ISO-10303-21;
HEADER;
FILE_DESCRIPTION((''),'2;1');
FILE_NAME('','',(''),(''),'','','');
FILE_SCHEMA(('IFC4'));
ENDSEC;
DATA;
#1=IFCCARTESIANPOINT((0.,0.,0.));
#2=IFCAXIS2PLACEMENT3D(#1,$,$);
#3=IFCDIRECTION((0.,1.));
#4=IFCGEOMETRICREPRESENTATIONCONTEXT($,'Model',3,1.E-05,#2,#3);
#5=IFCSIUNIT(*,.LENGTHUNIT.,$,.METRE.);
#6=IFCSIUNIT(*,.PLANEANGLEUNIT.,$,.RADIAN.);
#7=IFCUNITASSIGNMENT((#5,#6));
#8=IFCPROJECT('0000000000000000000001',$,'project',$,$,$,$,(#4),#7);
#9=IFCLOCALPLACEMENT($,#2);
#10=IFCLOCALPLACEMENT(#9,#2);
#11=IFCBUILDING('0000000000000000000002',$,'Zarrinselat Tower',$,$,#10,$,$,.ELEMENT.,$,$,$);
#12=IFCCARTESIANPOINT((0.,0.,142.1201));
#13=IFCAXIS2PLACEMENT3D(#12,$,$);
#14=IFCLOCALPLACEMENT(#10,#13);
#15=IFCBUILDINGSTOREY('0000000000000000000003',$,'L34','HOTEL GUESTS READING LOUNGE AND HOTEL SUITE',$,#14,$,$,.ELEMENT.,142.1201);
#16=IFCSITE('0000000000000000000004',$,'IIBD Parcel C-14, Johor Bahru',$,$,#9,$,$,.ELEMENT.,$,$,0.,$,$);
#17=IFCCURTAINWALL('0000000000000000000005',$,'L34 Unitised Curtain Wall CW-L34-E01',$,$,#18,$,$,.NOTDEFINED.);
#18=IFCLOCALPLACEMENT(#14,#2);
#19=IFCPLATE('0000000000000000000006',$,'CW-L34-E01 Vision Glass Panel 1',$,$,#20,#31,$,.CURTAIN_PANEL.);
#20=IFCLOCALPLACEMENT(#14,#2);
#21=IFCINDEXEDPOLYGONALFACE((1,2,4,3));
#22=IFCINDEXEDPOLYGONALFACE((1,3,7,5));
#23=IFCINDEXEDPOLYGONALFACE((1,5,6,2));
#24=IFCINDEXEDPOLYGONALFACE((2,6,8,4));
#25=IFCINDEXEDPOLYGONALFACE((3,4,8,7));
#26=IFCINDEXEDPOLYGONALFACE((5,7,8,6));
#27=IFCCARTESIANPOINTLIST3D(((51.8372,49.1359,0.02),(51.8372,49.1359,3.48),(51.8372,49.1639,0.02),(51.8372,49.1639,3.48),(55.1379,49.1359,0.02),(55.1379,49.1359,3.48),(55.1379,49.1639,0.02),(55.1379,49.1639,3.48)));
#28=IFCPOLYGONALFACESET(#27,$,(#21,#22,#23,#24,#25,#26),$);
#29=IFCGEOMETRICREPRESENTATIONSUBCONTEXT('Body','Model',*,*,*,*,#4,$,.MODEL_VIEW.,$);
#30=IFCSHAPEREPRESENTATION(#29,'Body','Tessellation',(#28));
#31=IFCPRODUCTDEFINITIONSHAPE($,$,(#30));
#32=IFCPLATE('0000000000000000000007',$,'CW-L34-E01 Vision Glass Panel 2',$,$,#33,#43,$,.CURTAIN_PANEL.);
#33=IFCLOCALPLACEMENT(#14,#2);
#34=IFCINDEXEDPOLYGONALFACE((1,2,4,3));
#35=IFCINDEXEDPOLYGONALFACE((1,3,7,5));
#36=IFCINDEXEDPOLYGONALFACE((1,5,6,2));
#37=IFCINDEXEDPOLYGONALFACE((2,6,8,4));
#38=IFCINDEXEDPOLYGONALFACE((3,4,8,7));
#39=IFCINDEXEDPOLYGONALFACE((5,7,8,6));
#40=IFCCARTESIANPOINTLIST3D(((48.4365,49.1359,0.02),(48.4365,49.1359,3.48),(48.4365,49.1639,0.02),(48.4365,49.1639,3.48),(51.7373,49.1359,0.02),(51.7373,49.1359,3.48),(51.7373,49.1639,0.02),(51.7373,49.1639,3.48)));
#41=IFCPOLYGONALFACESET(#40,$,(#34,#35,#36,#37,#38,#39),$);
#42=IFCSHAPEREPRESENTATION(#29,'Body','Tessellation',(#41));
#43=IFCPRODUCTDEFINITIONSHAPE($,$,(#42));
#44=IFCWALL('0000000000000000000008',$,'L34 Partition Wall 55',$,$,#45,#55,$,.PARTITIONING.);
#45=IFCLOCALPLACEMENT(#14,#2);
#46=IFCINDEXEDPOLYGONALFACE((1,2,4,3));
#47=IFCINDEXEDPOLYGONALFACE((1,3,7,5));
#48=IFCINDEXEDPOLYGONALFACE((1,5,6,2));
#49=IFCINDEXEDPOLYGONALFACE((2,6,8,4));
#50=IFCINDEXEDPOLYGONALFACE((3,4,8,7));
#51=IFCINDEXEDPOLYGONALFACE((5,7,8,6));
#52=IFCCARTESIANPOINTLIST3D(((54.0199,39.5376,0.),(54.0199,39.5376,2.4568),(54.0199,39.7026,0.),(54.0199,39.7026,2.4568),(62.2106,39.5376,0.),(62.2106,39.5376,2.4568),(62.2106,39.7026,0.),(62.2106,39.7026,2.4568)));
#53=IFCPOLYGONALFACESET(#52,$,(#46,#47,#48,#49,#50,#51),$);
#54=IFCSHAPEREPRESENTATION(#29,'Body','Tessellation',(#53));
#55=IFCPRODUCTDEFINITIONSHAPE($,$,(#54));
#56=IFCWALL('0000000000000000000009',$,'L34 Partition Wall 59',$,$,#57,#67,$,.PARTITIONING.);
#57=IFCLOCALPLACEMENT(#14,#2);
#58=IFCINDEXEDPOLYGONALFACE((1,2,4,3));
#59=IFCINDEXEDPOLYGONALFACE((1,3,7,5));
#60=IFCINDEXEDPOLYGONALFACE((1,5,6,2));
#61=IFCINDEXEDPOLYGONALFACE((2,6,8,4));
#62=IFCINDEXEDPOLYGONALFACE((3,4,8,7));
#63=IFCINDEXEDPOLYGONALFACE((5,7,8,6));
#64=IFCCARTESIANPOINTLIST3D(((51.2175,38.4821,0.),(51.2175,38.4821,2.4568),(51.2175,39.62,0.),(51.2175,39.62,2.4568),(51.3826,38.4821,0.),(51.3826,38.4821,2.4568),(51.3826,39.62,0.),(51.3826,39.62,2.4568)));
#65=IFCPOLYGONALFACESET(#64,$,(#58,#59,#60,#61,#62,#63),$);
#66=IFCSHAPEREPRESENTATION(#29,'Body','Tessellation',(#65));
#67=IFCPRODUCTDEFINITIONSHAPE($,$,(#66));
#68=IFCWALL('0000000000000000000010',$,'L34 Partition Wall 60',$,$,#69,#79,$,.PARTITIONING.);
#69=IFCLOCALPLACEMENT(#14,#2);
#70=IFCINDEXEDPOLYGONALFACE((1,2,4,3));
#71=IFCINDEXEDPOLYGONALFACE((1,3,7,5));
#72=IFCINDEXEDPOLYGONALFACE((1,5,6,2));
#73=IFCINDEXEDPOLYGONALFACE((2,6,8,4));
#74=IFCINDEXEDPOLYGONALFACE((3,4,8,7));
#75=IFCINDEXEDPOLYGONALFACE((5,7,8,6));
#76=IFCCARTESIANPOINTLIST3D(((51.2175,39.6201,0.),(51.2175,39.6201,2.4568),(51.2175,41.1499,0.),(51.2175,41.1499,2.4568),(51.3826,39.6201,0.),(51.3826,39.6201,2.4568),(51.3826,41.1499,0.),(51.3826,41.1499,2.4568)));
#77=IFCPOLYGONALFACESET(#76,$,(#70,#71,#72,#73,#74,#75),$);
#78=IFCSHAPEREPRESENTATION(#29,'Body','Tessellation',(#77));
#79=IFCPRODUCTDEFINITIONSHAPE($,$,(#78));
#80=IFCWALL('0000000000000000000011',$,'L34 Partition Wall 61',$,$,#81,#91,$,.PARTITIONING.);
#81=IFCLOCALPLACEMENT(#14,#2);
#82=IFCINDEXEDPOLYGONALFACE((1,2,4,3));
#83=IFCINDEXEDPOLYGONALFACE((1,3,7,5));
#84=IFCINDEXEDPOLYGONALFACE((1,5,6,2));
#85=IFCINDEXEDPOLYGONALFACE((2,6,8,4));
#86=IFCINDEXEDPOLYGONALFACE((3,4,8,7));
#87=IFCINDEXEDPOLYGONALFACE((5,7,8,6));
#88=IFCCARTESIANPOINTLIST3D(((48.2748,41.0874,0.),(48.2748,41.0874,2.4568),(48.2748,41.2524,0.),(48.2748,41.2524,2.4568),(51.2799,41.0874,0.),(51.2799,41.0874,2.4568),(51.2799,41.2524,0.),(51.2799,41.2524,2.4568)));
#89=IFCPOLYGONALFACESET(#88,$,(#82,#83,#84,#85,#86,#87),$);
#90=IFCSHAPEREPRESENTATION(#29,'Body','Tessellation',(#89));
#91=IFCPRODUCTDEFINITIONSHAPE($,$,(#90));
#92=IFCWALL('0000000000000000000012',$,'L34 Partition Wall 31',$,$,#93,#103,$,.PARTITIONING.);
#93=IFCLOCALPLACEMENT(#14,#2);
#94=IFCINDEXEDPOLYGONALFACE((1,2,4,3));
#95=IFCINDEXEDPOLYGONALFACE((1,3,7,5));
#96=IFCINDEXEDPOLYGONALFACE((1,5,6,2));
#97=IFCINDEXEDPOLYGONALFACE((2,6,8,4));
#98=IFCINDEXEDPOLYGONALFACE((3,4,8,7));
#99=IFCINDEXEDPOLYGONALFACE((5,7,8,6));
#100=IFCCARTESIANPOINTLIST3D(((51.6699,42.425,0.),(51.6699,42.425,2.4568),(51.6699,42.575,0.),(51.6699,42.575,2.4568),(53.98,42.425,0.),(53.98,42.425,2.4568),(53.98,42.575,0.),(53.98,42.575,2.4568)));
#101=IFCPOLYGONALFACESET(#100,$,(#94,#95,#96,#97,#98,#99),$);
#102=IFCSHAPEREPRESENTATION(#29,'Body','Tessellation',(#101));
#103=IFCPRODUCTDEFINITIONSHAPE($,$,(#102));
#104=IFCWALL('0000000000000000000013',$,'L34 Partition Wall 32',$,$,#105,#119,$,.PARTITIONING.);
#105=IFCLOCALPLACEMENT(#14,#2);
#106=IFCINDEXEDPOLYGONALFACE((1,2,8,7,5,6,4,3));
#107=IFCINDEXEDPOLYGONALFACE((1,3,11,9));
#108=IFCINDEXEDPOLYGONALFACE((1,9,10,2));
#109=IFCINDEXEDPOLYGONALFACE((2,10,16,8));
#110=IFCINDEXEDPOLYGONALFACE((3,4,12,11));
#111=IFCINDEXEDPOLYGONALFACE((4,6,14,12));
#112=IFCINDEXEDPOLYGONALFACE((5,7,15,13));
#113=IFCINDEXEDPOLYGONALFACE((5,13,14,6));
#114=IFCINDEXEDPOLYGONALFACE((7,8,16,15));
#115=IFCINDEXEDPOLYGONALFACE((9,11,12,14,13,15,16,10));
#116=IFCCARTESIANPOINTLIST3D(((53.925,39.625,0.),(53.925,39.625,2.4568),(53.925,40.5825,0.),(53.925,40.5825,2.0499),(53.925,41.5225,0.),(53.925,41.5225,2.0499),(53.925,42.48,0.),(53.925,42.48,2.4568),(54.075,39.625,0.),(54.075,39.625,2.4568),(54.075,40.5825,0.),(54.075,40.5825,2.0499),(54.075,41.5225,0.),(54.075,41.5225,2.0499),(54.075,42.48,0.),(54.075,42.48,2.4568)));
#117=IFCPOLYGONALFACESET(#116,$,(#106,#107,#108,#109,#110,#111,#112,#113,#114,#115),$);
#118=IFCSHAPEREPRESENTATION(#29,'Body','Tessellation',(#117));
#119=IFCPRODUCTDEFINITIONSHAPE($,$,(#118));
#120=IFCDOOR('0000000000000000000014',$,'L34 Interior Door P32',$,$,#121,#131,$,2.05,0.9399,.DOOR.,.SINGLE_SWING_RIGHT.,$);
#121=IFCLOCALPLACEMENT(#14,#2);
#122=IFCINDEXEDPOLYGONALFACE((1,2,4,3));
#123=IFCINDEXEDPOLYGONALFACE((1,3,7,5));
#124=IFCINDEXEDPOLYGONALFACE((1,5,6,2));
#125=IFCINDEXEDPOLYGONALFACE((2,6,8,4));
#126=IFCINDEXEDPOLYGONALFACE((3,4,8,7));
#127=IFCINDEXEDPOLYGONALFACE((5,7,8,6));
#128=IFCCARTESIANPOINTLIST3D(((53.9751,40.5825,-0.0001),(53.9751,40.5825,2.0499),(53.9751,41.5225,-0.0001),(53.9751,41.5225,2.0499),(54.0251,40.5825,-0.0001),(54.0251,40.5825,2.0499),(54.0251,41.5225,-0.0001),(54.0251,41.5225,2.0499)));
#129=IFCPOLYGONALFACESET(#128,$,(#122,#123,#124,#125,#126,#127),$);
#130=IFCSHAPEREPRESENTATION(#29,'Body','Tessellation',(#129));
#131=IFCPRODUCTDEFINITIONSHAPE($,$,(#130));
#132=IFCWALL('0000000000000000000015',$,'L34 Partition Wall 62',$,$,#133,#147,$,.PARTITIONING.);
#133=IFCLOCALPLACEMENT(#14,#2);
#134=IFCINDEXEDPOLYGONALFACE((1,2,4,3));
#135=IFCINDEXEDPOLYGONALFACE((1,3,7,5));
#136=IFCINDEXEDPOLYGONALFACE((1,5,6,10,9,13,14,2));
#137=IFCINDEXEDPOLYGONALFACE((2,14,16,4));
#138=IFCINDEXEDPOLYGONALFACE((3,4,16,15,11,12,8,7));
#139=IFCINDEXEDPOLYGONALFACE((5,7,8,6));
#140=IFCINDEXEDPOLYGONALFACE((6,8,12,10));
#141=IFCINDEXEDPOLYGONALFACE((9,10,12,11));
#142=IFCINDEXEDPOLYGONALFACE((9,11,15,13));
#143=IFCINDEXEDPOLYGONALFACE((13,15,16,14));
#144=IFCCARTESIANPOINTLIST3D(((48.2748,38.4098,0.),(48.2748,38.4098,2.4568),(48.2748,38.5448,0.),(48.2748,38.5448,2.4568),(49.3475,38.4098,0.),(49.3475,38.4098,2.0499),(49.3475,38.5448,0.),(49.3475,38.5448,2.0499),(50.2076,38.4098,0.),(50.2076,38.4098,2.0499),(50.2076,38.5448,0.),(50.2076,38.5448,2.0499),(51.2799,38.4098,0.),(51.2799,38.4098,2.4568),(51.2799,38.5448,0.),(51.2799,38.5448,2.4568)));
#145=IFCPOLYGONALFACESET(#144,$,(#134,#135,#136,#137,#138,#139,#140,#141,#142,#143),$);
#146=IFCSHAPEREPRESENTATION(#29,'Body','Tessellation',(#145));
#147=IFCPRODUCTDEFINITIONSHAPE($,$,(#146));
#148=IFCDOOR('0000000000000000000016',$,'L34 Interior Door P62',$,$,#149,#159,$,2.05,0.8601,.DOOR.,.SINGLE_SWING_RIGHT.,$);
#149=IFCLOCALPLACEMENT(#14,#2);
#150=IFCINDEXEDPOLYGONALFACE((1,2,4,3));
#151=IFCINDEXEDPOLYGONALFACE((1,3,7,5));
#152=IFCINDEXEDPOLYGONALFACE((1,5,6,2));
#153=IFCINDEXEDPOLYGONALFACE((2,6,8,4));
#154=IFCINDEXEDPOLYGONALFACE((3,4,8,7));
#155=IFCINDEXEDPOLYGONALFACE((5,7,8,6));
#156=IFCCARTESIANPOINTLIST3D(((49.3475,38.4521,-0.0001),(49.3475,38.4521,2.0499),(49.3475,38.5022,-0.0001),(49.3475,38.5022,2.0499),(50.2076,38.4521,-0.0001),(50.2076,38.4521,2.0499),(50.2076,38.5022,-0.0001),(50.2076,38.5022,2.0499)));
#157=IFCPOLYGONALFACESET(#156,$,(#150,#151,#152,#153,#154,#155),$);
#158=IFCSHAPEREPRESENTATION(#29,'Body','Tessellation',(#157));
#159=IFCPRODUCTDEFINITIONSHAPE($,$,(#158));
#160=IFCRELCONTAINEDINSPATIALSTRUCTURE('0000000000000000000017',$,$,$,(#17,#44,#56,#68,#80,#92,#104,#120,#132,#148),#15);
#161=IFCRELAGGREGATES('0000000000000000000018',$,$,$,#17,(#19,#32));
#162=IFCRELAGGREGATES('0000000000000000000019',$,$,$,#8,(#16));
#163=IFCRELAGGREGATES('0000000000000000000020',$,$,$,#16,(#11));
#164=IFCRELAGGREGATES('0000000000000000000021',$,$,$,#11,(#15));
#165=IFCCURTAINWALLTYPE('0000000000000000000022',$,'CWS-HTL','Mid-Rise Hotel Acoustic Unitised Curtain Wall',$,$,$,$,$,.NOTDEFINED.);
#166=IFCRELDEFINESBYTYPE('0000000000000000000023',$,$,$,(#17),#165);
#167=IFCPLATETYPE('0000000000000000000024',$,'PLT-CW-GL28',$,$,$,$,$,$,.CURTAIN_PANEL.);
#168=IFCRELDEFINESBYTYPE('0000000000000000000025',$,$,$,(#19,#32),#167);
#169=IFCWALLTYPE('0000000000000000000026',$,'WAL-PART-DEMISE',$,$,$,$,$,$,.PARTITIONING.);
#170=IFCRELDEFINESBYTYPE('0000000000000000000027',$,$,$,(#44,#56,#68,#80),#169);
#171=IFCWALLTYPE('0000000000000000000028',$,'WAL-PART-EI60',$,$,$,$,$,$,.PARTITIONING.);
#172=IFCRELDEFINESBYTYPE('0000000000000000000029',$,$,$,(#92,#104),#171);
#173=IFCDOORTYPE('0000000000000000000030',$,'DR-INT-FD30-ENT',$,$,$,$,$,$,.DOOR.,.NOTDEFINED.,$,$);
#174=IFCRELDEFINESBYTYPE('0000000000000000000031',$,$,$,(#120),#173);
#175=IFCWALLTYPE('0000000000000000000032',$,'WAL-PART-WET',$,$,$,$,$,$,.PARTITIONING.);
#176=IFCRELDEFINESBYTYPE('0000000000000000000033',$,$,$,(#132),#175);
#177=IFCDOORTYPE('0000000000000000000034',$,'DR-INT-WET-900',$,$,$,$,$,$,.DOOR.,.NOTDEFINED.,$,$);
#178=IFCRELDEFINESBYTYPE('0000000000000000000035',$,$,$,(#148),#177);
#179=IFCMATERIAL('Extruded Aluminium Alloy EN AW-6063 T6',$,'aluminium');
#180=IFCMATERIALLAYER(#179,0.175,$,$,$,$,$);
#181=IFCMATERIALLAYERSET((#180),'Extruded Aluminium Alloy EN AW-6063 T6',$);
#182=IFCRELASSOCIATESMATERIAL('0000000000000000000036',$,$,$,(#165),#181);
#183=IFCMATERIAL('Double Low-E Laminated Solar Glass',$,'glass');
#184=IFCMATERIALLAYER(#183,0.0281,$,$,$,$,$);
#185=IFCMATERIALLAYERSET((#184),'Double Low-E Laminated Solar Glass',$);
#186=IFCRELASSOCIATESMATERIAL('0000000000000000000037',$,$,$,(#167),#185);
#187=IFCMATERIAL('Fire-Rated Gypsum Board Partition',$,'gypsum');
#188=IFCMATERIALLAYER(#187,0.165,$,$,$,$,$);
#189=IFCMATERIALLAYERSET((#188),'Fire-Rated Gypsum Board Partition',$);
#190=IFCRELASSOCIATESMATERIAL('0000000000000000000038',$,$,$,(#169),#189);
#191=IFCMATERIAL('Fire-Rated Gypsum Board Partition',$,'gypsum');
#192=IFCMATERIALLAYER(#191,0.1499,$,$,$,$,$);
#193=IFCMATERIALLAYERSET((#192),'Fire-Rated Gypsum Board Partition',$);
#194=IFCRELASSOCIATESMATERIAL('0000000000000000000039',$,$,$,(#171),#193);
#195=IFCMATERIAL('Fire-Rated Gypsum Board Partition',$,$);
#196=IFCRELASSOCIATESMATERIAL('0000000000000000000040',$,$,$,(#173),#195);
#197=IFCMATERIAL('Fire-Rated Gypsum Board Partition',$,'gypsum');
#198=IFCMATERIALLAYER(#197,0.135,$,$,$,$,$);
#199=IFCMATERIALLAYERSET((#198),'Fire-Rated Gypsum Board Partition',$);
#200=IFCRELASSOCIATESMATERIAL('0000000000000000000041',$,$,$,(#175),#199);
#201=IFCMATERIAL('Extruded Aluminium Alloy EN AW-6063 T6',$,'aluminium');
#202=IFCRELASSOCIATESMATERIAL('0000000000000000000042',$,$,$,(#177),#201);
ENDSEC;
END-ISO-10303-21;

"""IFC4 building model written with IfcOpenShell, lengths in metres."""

from ifc_helpers import new_model, si_unit, direction, frame, frame_2d, origin, origin_2d, place, context, subcontext, project, spatial, rectangle, extrude, material, layer, layer_set, type_object, element, fill, aggregate, save


model = new_model("IFC4")

# Units and contexts
model_context = context("Model", 3, precision=1e-05, world=origin(), true_north=direction((0.0, 1.0)))
body_context = subcontext(model_context, "Body", "Model", "MODEL_VIEW")
ifc_project = project(units=[si_unit("LENGTHUNIT", "METRE"), si_unit("PLANEANGLEUNIT", "RADIAN")], contexts=[model_context])

# Site, building, storey
site_placement = place(None, origin())
site = spatial("IfcSite", under=ifc_project, at=site_placement, Name="IIBD Parcel C-14, Johor Bahru", CompositionType="ELEMENT", RefElevation=0.0)
building_placement = place(site_placement, origin())
building = spatial("IfcBuilding", under=site, at=building_placement, Name="Zarrinselat Tower", CompositionType="ELEMENT")
storey_placement = place(building_placement, frame((0.0, 0.0, 142.1201)))
storey = spatial("IfcBuildingStorey", under=building, at=storey_placement, Name="L34", Description="HOTEL GUESTS READING LOUNGE AND HOTEL SUITE", CompositionType="ELEMENT", Elevation=142.1201)

# Curtain wall, plates
ifc_material_1 = material(Name="Extruded Aluminium Alloy EN AW-6063 T6", Category="aluminium")
ifc_layer_1 = layer(ifc_material_1, 0.175)
ifc_layer_set_1 = layer_set([ifc_layer_1], Name="Extruded Aluminium Alloy EN AW-6063 T6")
curtain_wall_type = type_object("IfcCurtainWallType", Name="CWS-HTL", Description="Mid-Rise Hotel Acoustic Unitised Curtain Wall", PredefinedType="NOTDEFINED", material=ifc_layer_set_1)
curtain_wall_placement = place(storey_placement, origin())
curtain_wall = element("IfcCurtainWall", 1, at=curtain_wall_placement, inside=storey, type_object=curtain_wall_type, Name="L34 Unitised Curtain Wall CW-L34-E01", PredefinedType="NOTDEFINED")
ifc_material_2 = material(Name="Double Low-E Laminated Solar Glass", Category="glass")
ifc_layer_2 = layer(ifc_material_2, 0.0281)
ifc_layer_set_2 = layer_set([ifc_layer_2], Name="Double Low-E Laminated Solar Glass")
plate_type = type_object("IfcPlateType", Name="PLT-CW-GL28", PredefinedType="CURTAIN_PANEL", material=ifc_layer_set_2)
plate_1_placement = place(storey_placement, frame((53.4875, 49.1499, 0.02), z_axis=(0.0, 0.0, 1.0), x_axis=(-1.0, 0.0, 0.0)))
plate_1 = element("IfcPlate", 2, at=plate_1_placement, type_object=plate_type, Name="CW-L34-E01 Vision Glass Panel 1", PredefinedType="CURTAIN_PANEL", context=body_context, shape_type="SweptSolid", body=[
    extrude(rectangle(XDim=3.3008, YDim=0.0281, at=origin_2d()), origin(), (0.0, 0.0, 1.0), 3.46),
])
plate_2_placement = place(storey_placement, frame((50.0869, 49.1499, 0.02), z_axis=(0.0, 0.0, 1.0), x_axis=(-1.0, 0.0, 0.0)))
plate_2 = element("IfcPlate", 3, at=plate_2_placement, type_object=plate_type, Name="CW-L34-E01 Vision Glass Panel 2", PredefinedType="CURTAIN_PANEL", context=body_context, shape_type="SweptSolid", body=[
    extrude(rectangle(XDim=3.3008, YDim=0.0281, at=origin_2d()), origin(), (0.0, 0.0, 1.0), 3.46),
])
aggregate(curtain_wall, [plate_1, plate_2])

# Walls
ifc_material_3 = material(Name="Fire-Rated Gypsum Board Partition", Category="gypsum")
ifc_layer_3 = layer(ifc_material_3, 0.165)
ifc_layer_set_3 = layer_set([ifc_layer_3], Name="Fire-Rated Gypsum Board Partition")
wall_type_1 = type_object("IfcWallType", Name="WAL-PART-DEMISE", PredefinedType="PARTITIONING", material=ifc_layer_set_3)
wall_1_placement = place(storey_placement, frame((54.02, 39.6201, 0.0), z_axis=(0.0, 0.0, 1.0), x_axis=(1.0, 0.0, 0.0)))
element("IfcWall", 4, at=wall_1_placement, inside=storey, type_object=wall_type_1, Name="L34 Partition Wall 55", PredefinedType="PARTITIONING", context=body_context, shape_type="SweptSolid", body=[
    extrude(rectangle(XDim=8.1907, YDim=0.165, at=frame_2d((4.0952, 0.0))), origin(), (0.0, 0.0, 1.0), 2.4568),
])
wall_2_placement = place(storey_placement, frame((51.3, 38.4822, 0.0), z_axis=(0.0, 0.0, 1.0), x_axis=(0.0, 1.0, 0.0)))
element("IfcWall", 5, at=wall_2_placement, inside=storey, type_object=wall_type_1, Name="L34 Partition Wall 59", PredefinedType="PARTITIONING", context=body_context, shape_type="SweptSolid", body=[
    extrude(rectangle(XDim=1.1379, YDim=0.165, at=frame_2d((0.5688, 0.0))), origin(), (0.0, 0.0, 1.0), 2.4568),
])
wall_3_placement = place(storey_placement, frame((51.3, 39.6201, 0.0), z_axis=(0.0, 0.0, 1.0), x_axis=(0.0, 1.0, 0.0)))
element("IfcWall", 6, at=wall_3_placement, inside=storey, type_object=wall_type_1, Name="L34 Partition Wall 60", PredefinedType="PARTITIONING", context=body_context, shape_type="SweptSolid", body=[
    extrude(rectangle(XDim=1.5298, YDim=0.165, at=frame_2d((0.7649, 0.0))), origin(), (0.0, 0.0, 1.0), 2.4568),
])
wall_4_placement = place(storey_placement, frame((48.2749, 41.1699, 0.0), z_axis=(0.0, 0.0, 1.0), x_axis=(1.0, 0.0, 0.0)))
element("IfcWall", 7, at=wall_4_placement, inside=storey, type_object=wall_type_1, Name="L34 Partition Wall 61", PredefinedType="PARTITIONING", context=body_context, shape_type="SweptSolid", body=[
    extrude(rectangle(XDim=3.0051, YDim=0.165, at=frame_2d((1.5024, 0.0))), origin(), (0.0, 0.0, 1.0), 2.4568),
])
ifc_material_4 = material(Name="Fire-Rated Gypsum Board Partition", Category="gypsum")
ifc_layer_4 = layer(ifc_material_4, 0.1499)
ifc_layer_set_4 = layer_set([ifc_layer_4], Name="Fire-Rated Gypsum Board Partition")
wall_type_2 = type_object("IfcWallType", Name="WAL-PART-EI60", PredefinedType="PARTITIONING", material=ifc_layer_set_4)
wall_5_placement = place(storey_placement, frame((51.6699, 42.5, 0.0), z_axis=(0.0, 0.0, 1.0), x_axis=(1.0, 0.0, 0.0)))
element("IfcWall", 8, at=wall_5_placement, inside=storey, type_object=wall_type_2, Name="L34 Partition Wall 31", PredefinedType="PARTITIONING", context=body_context, shape_type="SweptSolid", body=[
    extrude(rectangle(XDim=2.3101, YDim=0.1499, at=frame_2d((1.155, 0.0))), origin(), (0.0, 0.0, 1.0), 2.4568),
])

# Walls, openings, doors
wall_6_placement = place(storey_placement, frame((54.0, 39.625, 0.0), z_axis=(0.0, 0.0, 1.0), x_axis=(0.0, 1.0, 0.0)))
wall_6 = element("IfcWall", 9, at=wall_6_placement, inside=storey, type_object=wall_type_2, Name="L34 Partition Wall 32", PredefinedType="PARTITIONING", context=body_context, shape_type="SweptSolid", body=[
    extrude(rectangle(XDim=2.855, YDim=0.1499, at=frame_2d((1.4275, 0.0))), origin(), (0.0, 0.0, 1.0), 2.4568),
])
opening_1_placement = place(wall_6_placement, frame((0.9575, 0.0, 0.0)))
opening_1 = element("IfcOpeningElement", 10, at=opening_1_placement, cuts=wall_6, PredefinedType="OPENING", context=body_context, shape_type="SweptSolid", body=[
    extrude(rectangle(XDim=0.9399, YDim=2.05, at=frame_2d((0.47, 1.0249))), frame((0.0, 0.085, 0.0), z_axis=(0.0, -1.0, 0.0), x_axis=(1.0, 0.0, 0.0)), (0.0, 0.0, 1.0), 0.1699),
])
ifc_material_5 = material(Name="Fire-Rated Gypsum Board Partition")
door_type_1 = type_object("IfcDoorType", Name="DR-INT-FD30-ENT", OperationType="NOTDEFINED", PredefinedType="DOOR", material=ifc_material_5)
door_1_placement = place(opening_1_placement, origin())
door_1 = element("IfcDoor", 11, at=door_1_placement, inside=storey, type_object=door_type_1, Name="L34 Interior Door P32", OperationType="SINGLE_SWING_RIGHT", OverallHeight=2.05, OverallWidth=0.9399, PredefinedType="DOOR", context=body_context, shape_type="SweptSolid", body=[
    extrude(rectangle(XDim=0.9399, YDim=2.05, at=frame_2d((0.47, 1.0249))), frame((0.0, 0.0249, 0.0), z_axis=(0.0, -1.0, 0.0), x_axis=(1.0, 0.0, 0.0)), (0.0, 0.0, 1.0), 0.05),
])
fill(opening_1, door_1)
ifc_material_6 = material(Name="Fire-Rated Gypsum Board Partition", Category="gypsum")
ifc_layer_5 = layer(ifc_material_6, 0.135)
ifc_layer_set_5 = layer_set([ifc_layer_5], Name="Fire-Rated Gypsum Board Partition")
wall_type_3 = type_object("IfcWallType", Name="WAL-PART-WET", PredefinedType="PARTITIONING", material=ifc_layer_set_5)
wall_7_placement = place(storey_placement, frame((48.2749, 38.4773, 0.0), z_axis=(0.0, 0.0, 1.0), x_axis=(1.0, 0.0, 0.0)))
wall_7 = element("IfcWall", 12, at=wall_7_placement, inside=storey, type_object=wall_type_3, Name="L34 Partition Wall 62", PredefinedType="PARTITIONING", context=body_context, shape_type="SweptSolid", body=[
    extrude(rectangle(XDim=3.0051, YDim=0.135, at=frame_2d((1.5024, 0.0))), origin(), (0.0, 0.0, 1.0), 2.4568),
])
opening_2_placement = place(wall_7_placement, frame((1.0725, 0.0, 0.0)))
opening_2 = element("IfcOpeningElement", 13, at=opening_2_placement, cuts=wall_7, PredefinedType="OPENING", context=body_context, shape_type="SweptSolid", body=[
    extrude(rectangle(XDim=0.8601, YDim=2.05, at=frame_2d((0.4302, 1.0249))), frame((0.0, 0.0774, 0.0), z_axis=(0.0, -1.0, 0.0), x_axis=(1.0, 0.0, 0.0)), (0.0, 0.0, 1.0), 0.155),
])
ifc_material_7 = material(Name="Extruded Aluminium Alloy EN AW-6063 T6", Category="aluminium")
door_type_2 = type_object("IfcDoorType", Name="DR-INT-WET-900", OperationType="NOTDEFINED", PredefinedType="DOOR", material=ifc_material_7)
door_2_placement = place(opening_2_placement, origin())
door_2 = element("IfcDoor", 14, at=door_2_placement, inside=storey, type_object=door_type_2, Name="L34 Interior Door P62", OperationType="SINGLE_SWING_RIGHT", OverallHeight=2.05, OverallWidth=0.8601, PredefinedType="DOOR", context=body_context, shape_type="SweptSolid", body=[
    extrude(rectangle(XDim=0.8601, YDim=2.05, at=frame_2d((0.4302, 1.0249))), frame((0.0, 0.0249, 0.0), z_axis=(0.0, -1.0, 0.0), x_axis=(1.0, 0.0, 0.0)), (0.0, 0.0, 1.0), 0.05),
])
fill(opening_2, door_2)

save(model, "model.ifc")
